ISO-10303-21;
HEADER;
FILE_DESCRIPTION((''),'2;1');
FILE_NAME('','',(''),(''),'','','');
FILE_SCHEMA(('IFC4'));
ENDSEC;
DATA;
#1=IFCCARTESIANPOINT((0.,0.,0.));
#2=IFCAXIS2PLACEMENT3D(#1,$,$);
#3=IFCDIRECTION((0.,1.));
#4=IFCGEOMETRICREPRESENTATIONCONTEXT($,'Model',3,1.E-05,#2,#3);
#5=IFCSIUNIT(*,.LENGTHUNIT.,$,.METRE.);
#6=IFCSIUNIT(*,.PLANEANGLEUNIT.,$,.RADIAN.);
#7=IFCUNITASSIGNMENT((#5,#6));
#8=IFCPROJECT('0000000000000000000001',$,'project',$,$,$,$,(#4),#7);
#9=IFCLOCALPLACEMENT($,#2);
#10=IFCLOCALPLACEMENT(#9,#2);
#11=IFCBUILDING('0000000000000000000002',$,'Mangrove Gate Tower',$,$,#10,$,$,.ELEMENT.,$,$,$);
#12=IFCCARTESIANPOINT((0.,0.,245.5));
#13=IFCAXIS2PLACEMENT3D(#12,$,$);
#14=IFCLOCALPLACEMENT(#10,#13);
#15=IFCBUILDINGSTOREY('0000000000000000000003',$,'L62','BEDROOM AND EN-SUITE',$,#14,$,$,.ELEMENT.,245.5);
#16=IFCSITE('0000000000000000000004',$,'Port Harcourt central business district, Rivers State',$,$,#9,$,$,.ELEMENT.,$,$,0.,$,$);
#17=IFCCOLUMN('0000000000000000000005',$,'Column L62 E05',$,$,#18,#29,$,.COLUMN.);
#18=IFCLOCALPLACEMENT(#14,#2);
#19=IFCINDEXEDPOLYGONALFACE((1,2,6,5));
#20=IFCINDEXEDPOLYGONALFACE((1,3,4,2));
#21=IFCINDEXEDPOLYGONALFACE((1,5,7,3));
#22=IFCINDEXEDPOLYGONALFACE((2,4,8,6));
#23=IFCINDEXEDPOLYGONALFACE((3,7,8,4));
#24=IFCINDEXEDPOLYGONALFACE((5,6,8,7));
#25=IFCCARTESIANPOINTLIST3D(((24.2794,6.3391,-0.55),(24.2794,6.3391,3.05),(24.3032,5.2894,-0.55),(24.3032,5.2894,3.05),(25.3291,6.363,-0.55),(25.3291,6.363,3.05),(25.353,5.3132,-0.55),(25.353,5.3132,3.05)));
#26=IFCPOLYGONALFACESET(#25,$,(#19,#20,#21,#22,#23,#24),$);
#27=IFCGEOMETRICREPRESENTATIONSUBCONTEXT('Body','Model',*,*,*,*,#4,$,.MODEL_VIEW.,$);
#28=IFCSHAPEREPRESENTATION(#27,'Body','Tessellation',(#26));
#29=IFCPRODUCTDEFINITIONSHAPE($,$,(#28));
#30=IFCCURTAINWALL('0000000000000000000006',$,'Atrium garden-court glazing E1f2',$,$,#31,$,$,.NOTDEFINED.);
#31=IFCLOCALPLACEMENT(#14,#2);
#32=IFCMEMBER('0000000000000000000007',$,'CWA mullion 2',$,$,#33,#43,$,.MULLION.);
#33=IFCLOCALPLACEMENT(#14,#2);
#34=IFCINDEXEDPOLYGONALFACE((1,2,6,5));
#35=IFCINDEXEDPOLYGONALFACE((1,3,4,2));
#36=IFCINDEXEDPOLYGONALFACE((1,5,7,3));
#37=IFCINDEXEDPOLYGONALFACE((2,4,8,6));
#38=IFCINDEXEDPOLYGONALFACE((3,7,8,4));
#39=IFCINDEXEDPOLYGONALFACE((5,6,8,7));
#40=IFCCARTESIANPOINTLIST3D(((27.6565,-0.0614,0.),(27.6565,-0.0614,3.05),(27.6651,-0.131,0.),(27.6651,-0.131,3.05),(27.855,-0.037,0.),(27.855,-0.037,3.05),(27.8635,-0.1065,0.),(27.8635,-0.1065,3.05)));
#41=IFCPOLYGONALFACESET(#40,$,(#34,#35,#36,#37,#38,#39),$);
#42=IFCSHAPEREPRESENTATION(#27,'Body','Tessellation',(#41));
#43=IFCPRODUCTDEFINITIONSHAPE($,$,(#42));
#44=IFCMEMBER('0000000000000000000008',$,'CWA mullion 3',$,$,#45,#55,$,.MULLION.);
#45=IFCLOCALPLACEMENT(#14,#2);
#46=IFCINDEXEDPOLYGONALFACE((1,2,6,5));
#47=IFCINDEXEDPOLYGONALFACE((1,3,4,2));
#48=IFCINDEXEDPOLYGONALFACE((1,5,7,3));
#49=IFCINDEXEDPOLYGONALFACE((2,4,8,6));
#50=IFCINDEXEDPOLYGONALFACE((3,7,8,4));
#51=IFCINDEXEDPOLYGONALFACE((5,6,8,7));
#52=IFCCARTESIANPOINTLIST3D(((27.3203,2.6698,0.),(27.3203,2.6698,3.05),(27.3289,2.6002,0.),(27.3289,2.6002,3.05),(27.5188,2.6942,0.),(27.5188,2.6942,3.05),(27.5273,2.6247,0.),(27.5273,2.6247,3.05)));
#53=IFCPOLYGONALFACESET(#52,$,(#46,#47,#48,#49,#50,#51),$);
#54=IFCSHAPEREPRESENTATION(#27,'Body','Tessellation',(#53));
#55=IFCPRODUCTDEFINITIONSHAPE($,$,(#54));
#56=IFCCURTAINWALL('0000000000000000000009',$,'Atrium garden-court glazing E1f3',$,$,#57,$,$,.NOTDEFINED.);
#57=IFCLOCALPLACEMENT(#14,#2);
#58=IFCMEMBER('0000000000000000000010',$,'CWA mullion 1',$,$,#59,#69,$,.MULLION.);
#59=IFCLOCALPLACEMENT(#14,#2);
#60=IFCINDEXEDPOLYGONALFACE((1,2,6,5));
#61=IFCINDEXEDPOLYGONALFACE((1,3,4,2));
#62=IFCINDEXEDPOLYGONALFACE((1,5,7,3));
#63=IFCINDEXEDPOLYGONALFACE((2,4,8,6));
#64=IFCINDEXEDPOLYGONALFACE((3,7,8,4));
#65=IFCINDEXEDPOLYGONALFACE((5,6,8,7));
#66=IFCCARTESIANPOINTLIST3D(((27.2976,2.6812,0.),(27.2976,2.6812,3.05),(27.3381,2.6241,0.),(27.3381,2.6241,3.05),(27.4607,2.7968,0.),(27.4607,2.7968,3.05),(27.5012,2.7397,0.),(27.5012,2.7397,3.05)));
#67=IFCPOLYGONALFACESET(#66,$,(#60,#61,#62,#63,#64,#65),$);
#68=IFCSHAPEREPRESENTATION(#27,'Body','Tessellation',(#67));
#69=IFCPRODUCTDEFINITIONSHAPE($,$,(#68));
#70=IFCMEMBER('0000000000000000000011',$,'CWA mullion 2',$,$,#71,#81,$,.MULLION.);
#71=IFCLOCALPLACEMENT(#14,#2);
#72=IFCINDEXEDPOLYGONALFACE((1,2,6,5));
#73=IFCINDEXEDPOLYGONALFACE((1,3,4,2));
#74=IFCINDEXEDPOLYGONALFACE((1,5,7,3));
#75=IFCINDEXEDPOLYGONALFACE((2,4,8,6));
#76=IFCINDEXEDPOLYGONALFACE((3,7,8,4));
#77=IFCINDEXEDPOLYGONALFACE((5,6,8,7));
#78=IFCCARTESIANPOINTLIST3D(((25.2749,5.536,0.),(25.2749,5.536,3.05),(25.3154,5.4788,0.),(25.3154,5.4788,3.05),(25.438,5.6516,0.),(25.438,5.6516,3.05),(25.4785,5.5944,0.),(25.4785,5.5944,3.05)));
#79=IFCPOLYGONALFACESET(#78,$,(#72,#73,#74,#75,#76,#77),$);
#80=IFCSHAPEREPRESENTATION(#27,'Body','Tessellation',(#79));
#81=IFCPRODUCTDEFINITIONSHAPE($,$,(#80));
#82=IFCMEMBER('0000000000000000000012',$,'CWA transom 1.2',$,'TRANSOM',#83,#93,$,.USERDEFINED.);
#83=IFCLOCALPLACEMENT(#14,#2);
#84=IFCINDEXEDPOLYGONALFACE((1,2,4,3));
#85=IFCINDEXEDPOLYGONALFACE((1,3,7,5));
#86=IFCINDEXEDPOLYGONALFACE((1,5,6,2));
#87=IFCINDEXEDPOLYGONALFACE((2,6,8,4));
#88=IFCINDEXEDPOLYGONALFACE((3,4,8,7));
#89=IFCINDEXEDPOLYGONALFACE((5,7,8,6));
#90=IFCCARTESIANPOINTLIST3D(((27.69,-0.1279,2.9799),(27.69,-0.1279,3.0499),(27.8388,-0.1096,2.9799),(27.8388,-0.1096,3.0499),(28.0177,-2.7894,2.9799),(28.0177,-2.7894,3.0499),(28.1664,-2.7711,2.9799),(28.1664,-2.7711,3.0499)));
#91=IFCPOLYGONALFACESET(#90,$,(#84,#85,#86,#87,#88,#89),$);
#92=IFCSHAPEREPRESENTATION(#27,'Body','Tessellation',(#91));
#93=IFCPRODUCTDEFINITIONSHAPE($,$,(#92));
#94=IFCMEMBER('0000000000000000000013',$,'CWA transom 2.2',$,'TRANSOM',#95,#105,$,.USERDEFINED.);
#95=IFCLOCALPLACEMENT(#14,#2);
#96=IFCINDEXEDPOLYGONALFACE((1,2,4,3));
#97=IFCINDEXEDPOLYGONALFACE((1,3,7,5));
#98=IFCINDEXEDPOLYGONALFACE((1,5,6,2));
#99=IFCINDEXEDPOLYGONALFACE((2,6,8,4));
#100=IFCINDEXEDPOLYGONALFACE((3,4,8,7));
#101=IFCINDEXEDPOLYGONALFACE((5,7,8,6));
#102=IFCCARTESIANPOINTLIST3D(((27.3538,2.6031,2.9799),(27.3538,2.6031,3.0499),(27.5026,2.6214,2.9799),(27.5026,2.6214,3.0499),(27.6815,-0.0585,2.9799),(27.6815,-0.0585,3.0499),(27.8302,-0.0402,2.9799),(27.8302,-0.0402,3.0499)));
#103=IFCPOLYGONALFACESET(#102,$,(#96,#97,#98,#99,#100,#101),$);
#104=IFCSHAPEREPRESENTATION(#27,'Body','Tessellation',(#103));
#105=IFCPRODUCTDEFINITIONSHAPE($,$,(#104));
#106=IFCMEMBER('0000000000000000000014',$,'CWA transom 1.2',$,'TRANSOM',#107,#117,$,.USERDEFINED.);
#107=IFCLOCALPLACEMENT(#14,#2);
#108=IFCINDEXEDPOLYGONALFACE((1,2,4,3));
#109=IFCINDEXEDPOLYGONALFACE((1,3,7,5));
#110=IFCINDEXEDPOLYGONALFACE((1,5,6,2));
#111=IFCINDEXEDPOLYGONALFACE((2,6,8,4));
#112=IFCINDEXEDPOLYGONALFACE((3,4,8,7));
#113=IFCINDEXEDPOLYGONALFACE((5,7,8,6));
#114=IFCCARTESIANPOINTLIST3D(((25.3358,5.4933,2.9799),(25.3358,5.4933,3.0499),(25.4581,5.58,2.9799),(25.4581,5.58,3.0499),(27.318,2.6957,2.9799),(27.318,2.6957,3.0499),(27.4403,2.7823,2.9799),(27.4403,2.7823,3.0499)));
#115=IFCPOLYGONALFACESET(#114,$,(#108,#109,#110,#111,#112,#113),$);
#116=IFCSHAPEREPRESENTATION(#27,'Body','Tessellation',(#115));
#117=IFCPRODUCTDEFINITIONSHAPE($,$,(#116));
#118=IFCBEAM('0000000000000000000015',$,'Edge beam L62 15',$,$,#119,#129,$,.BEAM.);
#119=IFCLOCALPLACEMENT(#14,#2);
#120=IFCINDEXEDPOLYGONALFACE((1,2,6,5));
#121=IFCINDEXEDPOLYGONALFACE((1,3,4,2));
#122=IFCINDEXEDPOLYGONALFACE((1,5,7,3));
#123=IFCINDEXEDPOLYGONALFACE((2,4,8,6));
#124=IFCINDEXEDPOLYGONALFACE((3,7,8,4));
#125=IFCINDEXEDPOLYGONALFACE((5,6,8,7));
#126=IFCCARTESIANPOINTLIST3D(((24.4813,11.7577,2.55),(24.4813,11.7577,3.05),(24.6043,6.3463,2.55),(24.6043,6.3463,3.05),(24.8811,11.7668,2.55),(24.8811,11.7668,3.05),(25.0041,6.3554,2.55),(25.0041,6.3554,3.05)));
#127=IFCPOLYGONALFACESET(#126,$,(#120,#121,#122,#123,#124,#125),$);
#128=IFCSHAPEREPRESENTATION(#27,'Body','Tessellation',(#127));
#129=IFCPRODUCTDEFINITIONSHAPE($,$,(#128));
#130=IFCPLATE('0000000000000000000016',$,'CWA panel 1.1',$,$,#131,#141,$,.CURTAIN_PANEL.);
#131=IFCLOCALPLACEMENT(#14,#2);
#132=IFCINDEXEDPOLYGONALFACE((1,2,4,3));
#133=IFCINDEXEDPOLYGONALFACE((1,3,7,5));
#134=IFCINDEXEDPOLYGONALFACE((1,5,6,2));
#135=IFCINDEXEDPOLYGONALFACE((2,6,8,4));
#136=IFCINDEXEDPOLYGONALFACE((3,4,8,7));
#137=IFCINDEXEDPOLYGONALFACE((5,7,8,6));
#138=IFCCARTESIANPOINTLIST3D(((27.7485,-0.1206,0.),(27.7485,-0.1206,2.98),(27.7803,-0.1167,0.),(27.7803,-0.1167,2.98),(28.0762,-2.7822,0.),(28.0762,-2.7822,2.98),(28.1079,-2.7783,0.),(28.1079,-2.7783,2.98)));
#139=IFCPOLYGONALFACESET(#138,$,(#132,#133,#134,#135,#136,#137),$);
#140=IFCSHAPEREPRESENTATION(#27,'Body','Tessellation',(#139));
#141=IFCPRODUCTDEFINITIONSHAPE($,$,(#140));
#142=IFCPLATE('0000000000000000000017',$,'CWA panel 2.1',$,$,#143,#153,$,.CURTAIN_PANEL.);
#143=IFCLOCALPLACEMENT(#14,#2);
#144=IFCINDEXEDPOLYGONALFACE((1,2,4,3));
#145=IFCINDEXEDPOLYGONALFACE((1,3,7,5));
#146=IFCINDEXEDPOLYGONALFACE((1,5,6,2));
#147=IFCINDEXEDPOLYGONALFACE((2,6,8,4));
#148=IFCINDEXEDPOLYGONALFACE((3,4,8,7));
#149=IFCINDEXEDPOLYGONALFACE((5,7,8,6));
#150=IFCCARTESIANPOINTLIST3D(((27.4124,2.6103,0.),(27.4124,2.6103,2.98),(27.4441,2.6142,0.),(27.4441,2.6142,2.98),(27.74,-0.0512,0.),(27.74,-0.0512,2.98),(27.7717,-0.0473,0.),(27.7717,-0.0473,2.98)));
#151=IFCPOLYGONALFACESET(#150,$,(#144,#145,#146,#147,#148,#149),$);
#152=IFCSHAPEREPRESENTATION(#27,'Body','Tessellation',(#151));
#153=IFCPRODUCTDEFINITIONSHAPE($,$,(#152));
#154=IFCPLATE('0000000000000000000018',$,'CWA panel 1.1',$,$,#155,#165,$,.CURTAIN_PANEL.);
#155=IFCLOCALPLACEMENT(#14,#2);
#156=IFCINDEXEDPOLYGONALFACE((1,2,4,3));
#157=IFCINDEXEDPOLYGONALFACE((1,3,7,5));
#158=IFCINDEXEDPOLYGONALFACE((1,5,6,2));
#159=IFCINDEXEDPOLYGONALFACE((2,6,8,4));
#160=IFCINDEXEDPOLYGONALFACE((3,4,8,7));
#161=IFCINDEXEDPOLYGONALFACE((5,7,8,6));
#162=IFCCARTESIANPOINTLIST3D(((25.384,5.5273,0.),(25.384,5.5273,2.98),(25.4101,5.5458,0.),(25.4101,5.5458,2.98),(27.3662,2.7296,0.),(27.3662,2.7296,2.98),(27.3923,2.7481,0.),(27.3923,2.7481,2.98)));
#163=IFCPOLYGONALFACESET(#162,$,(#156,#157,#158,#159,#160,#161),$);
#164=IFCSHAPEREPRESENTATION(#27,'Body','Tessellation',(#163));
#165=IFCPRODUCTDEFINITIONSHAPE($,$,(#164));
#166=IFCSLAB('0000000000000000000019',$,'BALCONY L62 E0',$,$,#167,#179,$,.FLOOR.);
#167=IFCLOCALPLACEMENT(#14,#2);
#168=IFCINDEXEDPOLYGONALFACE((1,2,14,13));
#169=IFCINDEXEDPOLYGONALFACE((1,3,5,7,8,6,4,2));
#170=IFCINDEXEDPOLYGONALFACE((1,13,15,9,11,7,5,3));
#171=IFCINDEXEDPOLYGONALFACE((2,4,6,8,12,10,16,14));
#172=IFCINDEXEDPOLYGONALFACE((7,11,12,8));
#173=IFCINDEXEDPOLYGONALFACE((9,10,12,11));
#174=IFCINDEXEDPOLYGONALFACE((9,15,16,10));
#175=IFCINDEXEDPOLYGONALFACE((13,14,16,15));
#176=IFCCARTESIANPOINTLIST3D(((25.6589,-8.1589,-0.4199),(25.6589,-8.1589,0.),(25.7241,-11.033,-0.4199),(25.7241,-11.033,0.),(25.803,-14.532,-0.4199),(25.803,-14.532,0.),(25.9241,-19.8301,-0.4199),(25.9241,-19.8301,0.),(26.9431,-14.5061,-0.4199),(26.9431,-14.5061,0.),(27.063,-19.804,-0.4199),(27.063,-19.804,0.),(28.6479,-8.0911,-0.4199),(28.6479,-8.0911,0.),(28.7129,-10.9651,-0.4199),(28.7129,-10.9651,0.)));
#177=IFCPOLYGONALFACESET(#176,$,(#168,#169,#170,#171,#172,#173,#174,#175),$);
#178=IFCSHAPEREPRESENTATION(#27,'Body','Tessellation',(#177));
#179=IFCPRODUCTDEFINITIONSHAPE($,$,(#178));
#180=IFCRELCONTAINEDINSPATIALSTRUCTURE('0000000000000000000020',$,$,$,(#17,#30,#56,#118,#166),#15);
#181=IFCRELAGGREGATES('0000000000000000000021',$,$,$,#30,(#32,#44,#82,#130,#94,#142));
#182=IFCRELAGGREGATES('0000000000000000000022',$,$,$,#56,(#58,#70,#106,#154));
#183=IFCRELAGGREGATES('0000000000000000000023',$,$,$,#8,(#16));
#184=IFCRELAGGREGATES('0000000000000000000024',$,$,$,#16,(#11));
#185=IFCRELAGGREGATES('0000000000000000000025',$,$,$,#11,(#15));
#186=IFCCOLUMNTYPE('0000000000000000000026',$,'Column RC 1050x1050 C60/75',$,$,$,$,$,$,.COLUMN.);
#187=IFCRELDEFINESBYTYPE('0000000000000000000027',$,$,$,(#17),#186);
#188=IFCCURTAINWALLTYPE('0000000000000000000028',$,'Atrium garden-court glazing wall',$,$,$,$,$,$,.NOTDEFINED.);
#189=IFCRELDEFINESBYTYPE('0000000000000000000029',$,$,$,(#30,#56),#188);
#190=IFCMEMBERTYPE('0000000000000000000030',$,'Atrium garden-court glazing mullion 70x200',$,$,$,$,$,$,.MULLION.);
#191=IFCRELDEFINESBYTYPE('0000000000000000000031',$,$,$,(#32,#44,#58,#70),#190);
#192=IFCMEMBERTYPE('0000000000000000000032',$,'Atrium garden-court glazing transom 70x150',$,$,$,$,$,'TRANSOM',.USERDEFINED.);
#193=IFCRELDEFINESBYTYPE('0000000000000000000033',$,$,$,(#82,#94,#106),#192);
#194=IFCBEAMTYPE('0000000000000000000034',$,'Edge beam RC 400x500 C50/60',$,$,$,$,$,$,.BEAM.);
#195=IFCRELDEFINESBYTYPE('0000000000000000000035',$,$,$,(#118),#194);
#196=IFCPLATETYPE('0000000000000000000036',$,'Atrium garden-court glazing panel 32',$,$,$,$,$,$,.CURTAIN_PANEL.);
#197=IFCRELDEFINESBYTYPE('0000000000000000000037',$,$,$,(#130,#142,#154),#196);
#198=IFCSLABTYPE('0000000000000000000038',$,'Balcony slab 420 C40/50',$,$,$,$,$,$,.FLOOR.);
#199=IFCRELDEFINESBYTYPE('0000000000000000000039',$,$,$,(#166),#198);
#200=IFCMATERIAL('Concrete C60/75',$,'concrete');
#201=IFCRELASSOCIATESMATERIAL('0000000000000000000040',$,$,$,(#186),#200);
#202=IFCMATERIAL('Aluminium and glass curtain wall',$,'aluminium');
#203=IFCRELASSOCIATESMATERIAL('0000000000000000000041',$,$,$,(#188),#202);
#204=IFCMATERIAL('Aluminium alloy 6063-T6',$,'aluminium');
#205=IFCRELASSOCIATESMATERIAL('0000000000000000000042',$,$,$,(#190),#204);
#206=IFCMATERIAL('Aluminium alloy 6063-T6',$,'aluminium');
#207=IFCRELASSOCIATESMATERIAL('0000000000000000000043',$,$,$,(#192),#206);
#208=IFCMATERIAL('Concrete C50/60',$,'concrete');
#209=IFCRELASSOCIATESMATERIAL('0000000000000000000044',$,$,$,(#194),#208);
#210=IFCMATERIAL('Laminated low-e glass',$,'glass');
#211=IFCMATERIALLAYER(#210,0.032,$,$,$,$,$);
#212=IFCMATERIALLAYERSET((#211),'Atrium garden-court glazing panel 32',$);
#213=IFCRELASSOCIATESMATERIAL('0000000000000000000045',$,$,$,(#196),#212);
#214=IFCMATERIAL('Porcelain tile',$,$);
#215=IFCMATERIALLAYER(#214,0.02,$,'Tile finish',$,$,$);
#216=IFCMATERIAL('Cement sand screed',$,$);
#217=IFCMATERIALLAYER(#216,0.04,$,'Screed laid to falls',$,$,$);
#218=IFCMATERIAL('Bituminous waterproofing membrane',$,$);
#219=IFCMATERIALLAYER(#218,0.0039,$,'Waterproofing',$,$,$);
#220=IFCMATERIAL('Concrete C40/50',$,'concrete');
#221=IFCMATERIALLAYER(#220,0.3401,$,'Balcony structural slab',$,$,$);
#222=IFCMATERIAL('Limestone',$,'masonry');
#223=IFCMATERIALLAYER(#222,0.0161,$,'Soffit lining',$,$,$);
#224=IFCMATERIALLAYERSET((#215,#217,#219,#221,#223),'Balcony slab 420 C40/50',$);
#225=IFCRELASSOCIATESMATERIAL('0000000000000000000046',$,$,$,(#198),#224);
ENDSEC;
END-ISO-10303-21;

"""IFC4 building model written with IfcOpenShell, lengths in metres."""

from ifc_helpers import new_model, si_unit, direction, frame, origin, origin_2d, place, context, subcontext, project, spatial, polyline, rectangle, outline, extrude, material, layer, layer_set, material_profile, profile_set, type_object, element, aggregate, save


model = new_model("IFC4")

# Units and contexts
model_context = context("Model", 3, precision=1e-05, world=origin(), true_north=direction((0.0, 1.0)))
body_context = subcontext(model_context, "Body", "Model", "MODEL_VIEW")
ifc_project = project(units=[si_unit("LENGTHUNIT", "METRE"), si_unit("PLANEANGLEUNIT", "RADIAN")], contexts=[model_context])

# Site, building, storey
site_placement = place(None, origin())
site = spatial("IfcSite", under=ifc_project, at=site_placement, Name="Port Harcourt central business district, Rivers State", CompositionType="ELEMENT", RefElevation=0.0)
building_placement = place(site_placement, origin())
building = spatial("IfcBuilding", under=site, at=building_placement, Name="Mangrove Gate Tower", CompositionType="ELEMENT")
storey_placement = place(building_placement, frame((0.0, 0.0, 245.5)))
storey = spatial("IfcBuildingStorey", under=building, at=storey_placement, Name="L62", Description="BEDROOM AND EN-SUITE", CompositionType="ELEMENT", Elevation=245.5)

# Column
ifc_material_1 = material(Name="Concrete C60/75", Category="concrete")
ifc_material_profile_1 = material_profile(ifc_material_1, rectangle(XDim=1.05, YDim=1.05, at=origin_2d()))
ifc_profile_set_1 = profile_set([ifc_material_profile_1], Name="Concrete C60/75")
column_type = type_object("IfcColumnType", Name="Column RC 1050x1050 C60/75", PredefinedType="COLUMN", material=ifc_profile_set_1)
column_placement = place(storey_placement, frame((24.8162, 5.8262, -0.55), z_axis=(0.0, 0.0, 1.0), x_axis=(-0.022708, 0.999742, 0.0)))
element("IfcColumn", 1, at=column_placement, inside=storey, type_object=column_type, Name="Column L62 E05", PredefinedType="COLUMN", context=body_context, shape_type="SweptSolid", body=[
    extrude(rectangle(XDim=1.05, YDim=1.05, at=origin_2d()), origin(), (0.0, 0.0, 1.0), 3.6001),
])

# Curtain walls, members
ifc_material_2 = material(Name="Aluminium and glass curtain wall", Category="aluminium")
curtain_wall_type = type_object("IfcCurtainWallType", Name="Atrium garden-court glazing wall", PredefinedType="NOTDEFINED", material=ifc_material_2)
curtain_wall_1_placement = place(storey_placement, origin())
curtain_wall_1 = element("IfcCurtainWall", 2, at=curtain_wall_1_placement, inside=storey, type_object=curtain_wall_type, Name="Atrium garden-court glazing E1f2", PredefinedType="NOTDEFINED")
ifc_material_3 = material(Name="Aluminium alloy 6063-T6", Category="aluminium")
ifc_material_profile_2 = material_profile(ifc_material_3, rectangle(XDim=0.0701, YDim=0.2, at=origin_2d()))
ifc_profile_set_2 = profile_set([ifc_material_profile_2], Name="Aluminium alloy 6063-T6")
member_type_1 = type_object("IfcMemberType", Name="Atrium garden-court glazing mullion 70x200", PredefinedType="MULLION", material=ifc_profile_set_2)
member_1_placement = place(storey_placement, frame((27.76, -0.084, 0.0), z_axis=(0.0, 0.0, 1.0), x_axis=(-0.122172, 0.992509, 0.0)))
member_1 = element("IfcMember", 3, at=member_1_placement, type_object=member_type_1, Name="CWA mullion 2", PredefinedType="MULLION", context=body_context, shape_type="SweptSolid", body=[
    extrude(rectangle(XDim=0.0701, YDim=0.2, at=origin_2d()), origin(), (0.0, 0.0, 1.0), 3.05),
])
member_2_placement = place(storey_placement, frame((27.4238, 2.6472, 0.0), z_axis=(0.0, 0.0, 1.0), x_axis=(-0.122172, 0.992509, 0.0)))
member_2 = element("IfcMember", 4, at=member_2_placement, type_object=member_type_1, Name="CWA mullion 3", PredefinedType="MULLION", context=body_context, shape_type="SweptSolid", body=[
    extrude(rectangle(XDim=0.0701, YDim=0.2, at=origin_2d()), origin(), (0.0, 0.0, 1.0), 3.05),
])
curtain_wall_2_placement = place(storey_placement, origin())
curtain_wall_2 = element("IfcCurtainWall", 5, at=curtain_wall_2_placement, inside=storey, type_object=curtain_wall_type, Name="Atrium garden-court glazing E1f3", PredefinedType="NOTDEFINED")
member_3_placement = place(storey_placement, frame((27.3994, 2.7104, 0.0), z_axis=(0.0, 0.0, 1.0), x_axis=(-0.578121, 0.815951, 0.0)))
member_3 = element("IfcMember", 6, at=member_3_placement, type_object=member_type_1, Name="CWA mullion 1", PredefinedType="MULLION", context=body_context, shape_type="SweptSolid", body=[
    extrude(rectangle(XDim=0.0701, YDim=0.2, at=origin_2d()), origin(), (0.0, 0.0, 1.0), 3.05),
])
member_4_placement = place(storey_placement, frame((25.3767, 5.5652, 0.0), z_axis=(0.0, 0.0, 1.0), x_axis=(-0.578121, 0.815951, 0.0)))
member_4 = element("IfcMember", 7, at=member_4_placement, type_object=member_type_1, Name="CWA mullion 2", PredefinedType="MULLION", context=body_context, shape_type="SweptSolid", body=[
    extrude(rectangle(XDim=0.0701, YDim=0.2, at=origin_2d()), origin(), (0.0, 0.0, 1.0), 3.05),
])

# Members
ifc_material_4 = material(Name="Aluminium alloy 6063-T6", Category="aluminium")
ifc_material_profile_3 = material_profile(ifc_material_4, rectangle(XDim=0.0701, YDim=0.1499, at=origin_2d()))
ifc_profile_set_3 = profile_set([ifc_material_profile_3], Name="Aluminium alloy 6063-T6")
member_type_2 = type_object("IfcMemberType", Name="Atrium garden-court glazing transom 70x150", ElementType="TRANSOM", PredefinedType="USERDEFINED", material=ifc_profile_set_3)
member_5_placement = place(storey_placement, frame((28.092, -2.7803, 3.0149), z_axis=(-0.122175, 0.992509, 0.0), x_axis=(0.0, 0.0, 1.0)))
member_5 = element("IfcMember", 8, at=member_5_placement, type_object=member_type_2, Name="CWA transom 1.2", ObjectType="TRANSOM", PredefinedType="USERDEFINED", context=body_context, shape_type="SweptSolid", body=[
    extrude(rectangle(XDim=0.0701, YDim=0.1499, at=origin_2d()), origin(), (0.0, 0.0, 1.0), 2.6816),
])
member_6_placement = place(storey_placement, frame((27.7559, -0.0493, 3.0149), z_axis=(-0.122175, 0.992509, 0.0), x_axis=(0.0, 0.0, 1.0)))
member_6 = element("IfcMember", 9, at=member_6_placement, type_object=member_type_2, Name="CWA transom 2.2", ObjectType="TRANSOM", PredefinedType="USERDEFINED", context=body_context, shape_type="SweptSolid", body=[
    extrude(rectangle(XDim=0.0701, YDim=0.1499, at=origin_2d()), origin(), (0.0, 0.0, 1.0), 2.6816),
])
member_7_placement = place(storey_placement, frame((27.3792, 2.739, 3.0149), z_axis=(-0.578122, 0.81595, 0.0), x_axis=(0.0, 0.0, 1.0)))
member_7 = element("IfcMember", 10, at=member_7_placement, type_object=member_type_2, Name="CWA transom 1.2", ObjectType="TRANSOM", PredefinedType="USERDEFINED", context=body_context, shape_type="SweptSolid", body=[
    extrude(rectangle(XDim=0.0701, YDim=0.1499, at=origin_2d()), origin(), (0.0, 0.0, 1.0), 3.4287),
])

# Beam
ifc_material_5 = material(Name="Concrete C50/60", Category="concrete")
ifc_material_profile_4 = material_profile(ifc_material_5, rectangle(XDim=0.3999, YDim=0.5, at=origin_2d()))
ifc_profile_set_4 = profile_set([ifc_material_profile_4], Name="Concrete C50/60")
beam_type = type_object("IfcBeamType", Name="Edge beam RC 400x500 C50/60", PredefinedType="BEAM", material=ifc_profile_set_4)
beam_placement = place(storey_placement, frame((24.8042, 6.3508, 2.8), z_axis=(-0.022733, 0.999742, 0.0), x_axis=(-0.999742, -0.022733, 0.0)))
element("IfcBeam", 11, at=beam_placement, inside=storey, type_object=beam_type, Name="Edge beam L62 15", PredefinedType="BEAM", context=body_context, shape_type="SweptSolid", body=[
    extrude(rectangle(XDim=0.3999, YDim=0.5, at=origin_2d()), origin(), (0.0, 0.0, 1.0), 5.4128),
])

# Plates
ifc_material_6 = material(Name="Laminated low-e glass", Category="glass")
ifc_layer_1 = layer(ifc_material_6, 0.032)
ifc_layer_set_1 = layer_set([ifc_layer_1], Name="Atrium garden-court glazing panel 32")
plate_type = type_object("IfcPlateType", Name="Atrium garden-court glazing panel 32", PredefinedType="CURTAIN_PANEL", material=ifc_layer_set_1)
plate_1_placement = place(storey_placement, frame((27.9282, -1.4495, 0.0), z_axis=(0.0, 0.0, 1.0), x_axis=(-0.122172, 0.992509, 0.0)))
plate_1 = element("IfcPlate", 12, at=plate_1_placement, type_object=plate_type, Name="CWA panel 1.1", PredefinedType="CURTAIN_PANEL", context=body_context, shape_type="SweptSolid", body=[
    extrude(rectangle(XDim=2.6816, YDim=0.032, at=origin_2d()), origin(), (0.0, 0.0, 1.0), 2.98),
])
plate_2_placement = place(storey_placement, frame((27.592, 1.2815, 0.0), z_axis=(0.0, 0.0, 1.0), x_axis=(-0.122172, 0.992509, 0.0)))
plate_2 = element("IfcPlate", 13, at=plate_2_placement, type_object=plate_type, Name="CWA panel 2.1", PredefinedType="CURTAIN_PANEL", context=body_context, shape_type="SweptSolid", body=[
    extrude(rectangle(XDim=2.6816, YDim=0.032, at=origin_2d()), origin(), (0.0, 0.0, 1.0), 2.98),
])
aggregate(curtain_wall_1, [member_1, member_2, member_5, plate_1, member_6, plate_2])
plate_3_placement = place(storey_placement, frame((26.3882, 4.1377, 0.0), z_axis=(0.0, 0.0, 1.0), x_axis=(-0.578121, 0.815951, 0.0)))
plate_3 = element("IfcPlate", 14, at=plate_3_placement, type_object=plate_type, Name="CWA panel 1.1", PredefinedType="CURTAIN_PANEL", context=body_context, shape_type="SweptSolid", body=[
    extrude(rectangle(XDim=3.4287, YDim=0.032, at=origin_2d()), origin(), (0.0, 0.0, 1.0), 2.98),
])
aggregate(curtain_wall_2, [member_3, member_4, member_7, plate_3])

# Slab
ifc_material_7 = material(Name="Porcelain tile")
ifc_layer_2 = layer(ifc_material_7, 0.02, Name="Tile finish")
ifc_material_8 = material(Name="Cement sand screed")
ifc_layer_3 = layer(ifc_material_8, 0.04, Name="Screed laid to falls")
ifc_material_9 = material(Name="Bituminous waterproofing membrane")
ifc_layer_4 = layer(ifc_material_9, 0.0039, Name="Waterproofing")
ifc_material_10 = material(Name="Concrete C40/50", Category="concrete")
ifc_layer_5 = layer(ifc_material_10, 0.3401, Name="Balcony structural slab")
ifc_material_11 = material(Name="Limestone", Category="masonry")
ifc_layer_6 = layer(ifc_material_11, 0.0161, Name="Soffit lining")
ifc_layer_set_2 = layer_set([ifc_layer_2, ifc_layer_3, ifc_layer_4, ifc_layer_5, ifc_layer_6], Name="Balcony slab 420 C40/50")
slab_type_1 = type_object("IfcSlabType", Name="Balcony slab 420 C40/50", PredefinedType="FLOOR", material=ifc_layer_set_2)
slab_1_placement = place(storey_placement, frame((0.0, 0.0, -0.4199)))
element("IfcSlab", 15, at=slab_1_placement, inside=storey, type_object=slab_type_1, Name="BALCONY L62 E0", PredefinedType="FLOOR", context=body_context, shape_type="SweptSolid", body=[
    extrude(outline(polyline([(27.063, -19.804), (26.9431, -14.5061), (28.7129, -10.9651), (28.6479, -8.0911), (25.6589, -8.1589), (25.7241, -11.033), (25.803, -14.532), (25.9241, -19.8301), (27.063, -19.804)])), origin(), (0.0, 0.0, 1.0), 0.4199),
])

save(model, "model.ifc")
